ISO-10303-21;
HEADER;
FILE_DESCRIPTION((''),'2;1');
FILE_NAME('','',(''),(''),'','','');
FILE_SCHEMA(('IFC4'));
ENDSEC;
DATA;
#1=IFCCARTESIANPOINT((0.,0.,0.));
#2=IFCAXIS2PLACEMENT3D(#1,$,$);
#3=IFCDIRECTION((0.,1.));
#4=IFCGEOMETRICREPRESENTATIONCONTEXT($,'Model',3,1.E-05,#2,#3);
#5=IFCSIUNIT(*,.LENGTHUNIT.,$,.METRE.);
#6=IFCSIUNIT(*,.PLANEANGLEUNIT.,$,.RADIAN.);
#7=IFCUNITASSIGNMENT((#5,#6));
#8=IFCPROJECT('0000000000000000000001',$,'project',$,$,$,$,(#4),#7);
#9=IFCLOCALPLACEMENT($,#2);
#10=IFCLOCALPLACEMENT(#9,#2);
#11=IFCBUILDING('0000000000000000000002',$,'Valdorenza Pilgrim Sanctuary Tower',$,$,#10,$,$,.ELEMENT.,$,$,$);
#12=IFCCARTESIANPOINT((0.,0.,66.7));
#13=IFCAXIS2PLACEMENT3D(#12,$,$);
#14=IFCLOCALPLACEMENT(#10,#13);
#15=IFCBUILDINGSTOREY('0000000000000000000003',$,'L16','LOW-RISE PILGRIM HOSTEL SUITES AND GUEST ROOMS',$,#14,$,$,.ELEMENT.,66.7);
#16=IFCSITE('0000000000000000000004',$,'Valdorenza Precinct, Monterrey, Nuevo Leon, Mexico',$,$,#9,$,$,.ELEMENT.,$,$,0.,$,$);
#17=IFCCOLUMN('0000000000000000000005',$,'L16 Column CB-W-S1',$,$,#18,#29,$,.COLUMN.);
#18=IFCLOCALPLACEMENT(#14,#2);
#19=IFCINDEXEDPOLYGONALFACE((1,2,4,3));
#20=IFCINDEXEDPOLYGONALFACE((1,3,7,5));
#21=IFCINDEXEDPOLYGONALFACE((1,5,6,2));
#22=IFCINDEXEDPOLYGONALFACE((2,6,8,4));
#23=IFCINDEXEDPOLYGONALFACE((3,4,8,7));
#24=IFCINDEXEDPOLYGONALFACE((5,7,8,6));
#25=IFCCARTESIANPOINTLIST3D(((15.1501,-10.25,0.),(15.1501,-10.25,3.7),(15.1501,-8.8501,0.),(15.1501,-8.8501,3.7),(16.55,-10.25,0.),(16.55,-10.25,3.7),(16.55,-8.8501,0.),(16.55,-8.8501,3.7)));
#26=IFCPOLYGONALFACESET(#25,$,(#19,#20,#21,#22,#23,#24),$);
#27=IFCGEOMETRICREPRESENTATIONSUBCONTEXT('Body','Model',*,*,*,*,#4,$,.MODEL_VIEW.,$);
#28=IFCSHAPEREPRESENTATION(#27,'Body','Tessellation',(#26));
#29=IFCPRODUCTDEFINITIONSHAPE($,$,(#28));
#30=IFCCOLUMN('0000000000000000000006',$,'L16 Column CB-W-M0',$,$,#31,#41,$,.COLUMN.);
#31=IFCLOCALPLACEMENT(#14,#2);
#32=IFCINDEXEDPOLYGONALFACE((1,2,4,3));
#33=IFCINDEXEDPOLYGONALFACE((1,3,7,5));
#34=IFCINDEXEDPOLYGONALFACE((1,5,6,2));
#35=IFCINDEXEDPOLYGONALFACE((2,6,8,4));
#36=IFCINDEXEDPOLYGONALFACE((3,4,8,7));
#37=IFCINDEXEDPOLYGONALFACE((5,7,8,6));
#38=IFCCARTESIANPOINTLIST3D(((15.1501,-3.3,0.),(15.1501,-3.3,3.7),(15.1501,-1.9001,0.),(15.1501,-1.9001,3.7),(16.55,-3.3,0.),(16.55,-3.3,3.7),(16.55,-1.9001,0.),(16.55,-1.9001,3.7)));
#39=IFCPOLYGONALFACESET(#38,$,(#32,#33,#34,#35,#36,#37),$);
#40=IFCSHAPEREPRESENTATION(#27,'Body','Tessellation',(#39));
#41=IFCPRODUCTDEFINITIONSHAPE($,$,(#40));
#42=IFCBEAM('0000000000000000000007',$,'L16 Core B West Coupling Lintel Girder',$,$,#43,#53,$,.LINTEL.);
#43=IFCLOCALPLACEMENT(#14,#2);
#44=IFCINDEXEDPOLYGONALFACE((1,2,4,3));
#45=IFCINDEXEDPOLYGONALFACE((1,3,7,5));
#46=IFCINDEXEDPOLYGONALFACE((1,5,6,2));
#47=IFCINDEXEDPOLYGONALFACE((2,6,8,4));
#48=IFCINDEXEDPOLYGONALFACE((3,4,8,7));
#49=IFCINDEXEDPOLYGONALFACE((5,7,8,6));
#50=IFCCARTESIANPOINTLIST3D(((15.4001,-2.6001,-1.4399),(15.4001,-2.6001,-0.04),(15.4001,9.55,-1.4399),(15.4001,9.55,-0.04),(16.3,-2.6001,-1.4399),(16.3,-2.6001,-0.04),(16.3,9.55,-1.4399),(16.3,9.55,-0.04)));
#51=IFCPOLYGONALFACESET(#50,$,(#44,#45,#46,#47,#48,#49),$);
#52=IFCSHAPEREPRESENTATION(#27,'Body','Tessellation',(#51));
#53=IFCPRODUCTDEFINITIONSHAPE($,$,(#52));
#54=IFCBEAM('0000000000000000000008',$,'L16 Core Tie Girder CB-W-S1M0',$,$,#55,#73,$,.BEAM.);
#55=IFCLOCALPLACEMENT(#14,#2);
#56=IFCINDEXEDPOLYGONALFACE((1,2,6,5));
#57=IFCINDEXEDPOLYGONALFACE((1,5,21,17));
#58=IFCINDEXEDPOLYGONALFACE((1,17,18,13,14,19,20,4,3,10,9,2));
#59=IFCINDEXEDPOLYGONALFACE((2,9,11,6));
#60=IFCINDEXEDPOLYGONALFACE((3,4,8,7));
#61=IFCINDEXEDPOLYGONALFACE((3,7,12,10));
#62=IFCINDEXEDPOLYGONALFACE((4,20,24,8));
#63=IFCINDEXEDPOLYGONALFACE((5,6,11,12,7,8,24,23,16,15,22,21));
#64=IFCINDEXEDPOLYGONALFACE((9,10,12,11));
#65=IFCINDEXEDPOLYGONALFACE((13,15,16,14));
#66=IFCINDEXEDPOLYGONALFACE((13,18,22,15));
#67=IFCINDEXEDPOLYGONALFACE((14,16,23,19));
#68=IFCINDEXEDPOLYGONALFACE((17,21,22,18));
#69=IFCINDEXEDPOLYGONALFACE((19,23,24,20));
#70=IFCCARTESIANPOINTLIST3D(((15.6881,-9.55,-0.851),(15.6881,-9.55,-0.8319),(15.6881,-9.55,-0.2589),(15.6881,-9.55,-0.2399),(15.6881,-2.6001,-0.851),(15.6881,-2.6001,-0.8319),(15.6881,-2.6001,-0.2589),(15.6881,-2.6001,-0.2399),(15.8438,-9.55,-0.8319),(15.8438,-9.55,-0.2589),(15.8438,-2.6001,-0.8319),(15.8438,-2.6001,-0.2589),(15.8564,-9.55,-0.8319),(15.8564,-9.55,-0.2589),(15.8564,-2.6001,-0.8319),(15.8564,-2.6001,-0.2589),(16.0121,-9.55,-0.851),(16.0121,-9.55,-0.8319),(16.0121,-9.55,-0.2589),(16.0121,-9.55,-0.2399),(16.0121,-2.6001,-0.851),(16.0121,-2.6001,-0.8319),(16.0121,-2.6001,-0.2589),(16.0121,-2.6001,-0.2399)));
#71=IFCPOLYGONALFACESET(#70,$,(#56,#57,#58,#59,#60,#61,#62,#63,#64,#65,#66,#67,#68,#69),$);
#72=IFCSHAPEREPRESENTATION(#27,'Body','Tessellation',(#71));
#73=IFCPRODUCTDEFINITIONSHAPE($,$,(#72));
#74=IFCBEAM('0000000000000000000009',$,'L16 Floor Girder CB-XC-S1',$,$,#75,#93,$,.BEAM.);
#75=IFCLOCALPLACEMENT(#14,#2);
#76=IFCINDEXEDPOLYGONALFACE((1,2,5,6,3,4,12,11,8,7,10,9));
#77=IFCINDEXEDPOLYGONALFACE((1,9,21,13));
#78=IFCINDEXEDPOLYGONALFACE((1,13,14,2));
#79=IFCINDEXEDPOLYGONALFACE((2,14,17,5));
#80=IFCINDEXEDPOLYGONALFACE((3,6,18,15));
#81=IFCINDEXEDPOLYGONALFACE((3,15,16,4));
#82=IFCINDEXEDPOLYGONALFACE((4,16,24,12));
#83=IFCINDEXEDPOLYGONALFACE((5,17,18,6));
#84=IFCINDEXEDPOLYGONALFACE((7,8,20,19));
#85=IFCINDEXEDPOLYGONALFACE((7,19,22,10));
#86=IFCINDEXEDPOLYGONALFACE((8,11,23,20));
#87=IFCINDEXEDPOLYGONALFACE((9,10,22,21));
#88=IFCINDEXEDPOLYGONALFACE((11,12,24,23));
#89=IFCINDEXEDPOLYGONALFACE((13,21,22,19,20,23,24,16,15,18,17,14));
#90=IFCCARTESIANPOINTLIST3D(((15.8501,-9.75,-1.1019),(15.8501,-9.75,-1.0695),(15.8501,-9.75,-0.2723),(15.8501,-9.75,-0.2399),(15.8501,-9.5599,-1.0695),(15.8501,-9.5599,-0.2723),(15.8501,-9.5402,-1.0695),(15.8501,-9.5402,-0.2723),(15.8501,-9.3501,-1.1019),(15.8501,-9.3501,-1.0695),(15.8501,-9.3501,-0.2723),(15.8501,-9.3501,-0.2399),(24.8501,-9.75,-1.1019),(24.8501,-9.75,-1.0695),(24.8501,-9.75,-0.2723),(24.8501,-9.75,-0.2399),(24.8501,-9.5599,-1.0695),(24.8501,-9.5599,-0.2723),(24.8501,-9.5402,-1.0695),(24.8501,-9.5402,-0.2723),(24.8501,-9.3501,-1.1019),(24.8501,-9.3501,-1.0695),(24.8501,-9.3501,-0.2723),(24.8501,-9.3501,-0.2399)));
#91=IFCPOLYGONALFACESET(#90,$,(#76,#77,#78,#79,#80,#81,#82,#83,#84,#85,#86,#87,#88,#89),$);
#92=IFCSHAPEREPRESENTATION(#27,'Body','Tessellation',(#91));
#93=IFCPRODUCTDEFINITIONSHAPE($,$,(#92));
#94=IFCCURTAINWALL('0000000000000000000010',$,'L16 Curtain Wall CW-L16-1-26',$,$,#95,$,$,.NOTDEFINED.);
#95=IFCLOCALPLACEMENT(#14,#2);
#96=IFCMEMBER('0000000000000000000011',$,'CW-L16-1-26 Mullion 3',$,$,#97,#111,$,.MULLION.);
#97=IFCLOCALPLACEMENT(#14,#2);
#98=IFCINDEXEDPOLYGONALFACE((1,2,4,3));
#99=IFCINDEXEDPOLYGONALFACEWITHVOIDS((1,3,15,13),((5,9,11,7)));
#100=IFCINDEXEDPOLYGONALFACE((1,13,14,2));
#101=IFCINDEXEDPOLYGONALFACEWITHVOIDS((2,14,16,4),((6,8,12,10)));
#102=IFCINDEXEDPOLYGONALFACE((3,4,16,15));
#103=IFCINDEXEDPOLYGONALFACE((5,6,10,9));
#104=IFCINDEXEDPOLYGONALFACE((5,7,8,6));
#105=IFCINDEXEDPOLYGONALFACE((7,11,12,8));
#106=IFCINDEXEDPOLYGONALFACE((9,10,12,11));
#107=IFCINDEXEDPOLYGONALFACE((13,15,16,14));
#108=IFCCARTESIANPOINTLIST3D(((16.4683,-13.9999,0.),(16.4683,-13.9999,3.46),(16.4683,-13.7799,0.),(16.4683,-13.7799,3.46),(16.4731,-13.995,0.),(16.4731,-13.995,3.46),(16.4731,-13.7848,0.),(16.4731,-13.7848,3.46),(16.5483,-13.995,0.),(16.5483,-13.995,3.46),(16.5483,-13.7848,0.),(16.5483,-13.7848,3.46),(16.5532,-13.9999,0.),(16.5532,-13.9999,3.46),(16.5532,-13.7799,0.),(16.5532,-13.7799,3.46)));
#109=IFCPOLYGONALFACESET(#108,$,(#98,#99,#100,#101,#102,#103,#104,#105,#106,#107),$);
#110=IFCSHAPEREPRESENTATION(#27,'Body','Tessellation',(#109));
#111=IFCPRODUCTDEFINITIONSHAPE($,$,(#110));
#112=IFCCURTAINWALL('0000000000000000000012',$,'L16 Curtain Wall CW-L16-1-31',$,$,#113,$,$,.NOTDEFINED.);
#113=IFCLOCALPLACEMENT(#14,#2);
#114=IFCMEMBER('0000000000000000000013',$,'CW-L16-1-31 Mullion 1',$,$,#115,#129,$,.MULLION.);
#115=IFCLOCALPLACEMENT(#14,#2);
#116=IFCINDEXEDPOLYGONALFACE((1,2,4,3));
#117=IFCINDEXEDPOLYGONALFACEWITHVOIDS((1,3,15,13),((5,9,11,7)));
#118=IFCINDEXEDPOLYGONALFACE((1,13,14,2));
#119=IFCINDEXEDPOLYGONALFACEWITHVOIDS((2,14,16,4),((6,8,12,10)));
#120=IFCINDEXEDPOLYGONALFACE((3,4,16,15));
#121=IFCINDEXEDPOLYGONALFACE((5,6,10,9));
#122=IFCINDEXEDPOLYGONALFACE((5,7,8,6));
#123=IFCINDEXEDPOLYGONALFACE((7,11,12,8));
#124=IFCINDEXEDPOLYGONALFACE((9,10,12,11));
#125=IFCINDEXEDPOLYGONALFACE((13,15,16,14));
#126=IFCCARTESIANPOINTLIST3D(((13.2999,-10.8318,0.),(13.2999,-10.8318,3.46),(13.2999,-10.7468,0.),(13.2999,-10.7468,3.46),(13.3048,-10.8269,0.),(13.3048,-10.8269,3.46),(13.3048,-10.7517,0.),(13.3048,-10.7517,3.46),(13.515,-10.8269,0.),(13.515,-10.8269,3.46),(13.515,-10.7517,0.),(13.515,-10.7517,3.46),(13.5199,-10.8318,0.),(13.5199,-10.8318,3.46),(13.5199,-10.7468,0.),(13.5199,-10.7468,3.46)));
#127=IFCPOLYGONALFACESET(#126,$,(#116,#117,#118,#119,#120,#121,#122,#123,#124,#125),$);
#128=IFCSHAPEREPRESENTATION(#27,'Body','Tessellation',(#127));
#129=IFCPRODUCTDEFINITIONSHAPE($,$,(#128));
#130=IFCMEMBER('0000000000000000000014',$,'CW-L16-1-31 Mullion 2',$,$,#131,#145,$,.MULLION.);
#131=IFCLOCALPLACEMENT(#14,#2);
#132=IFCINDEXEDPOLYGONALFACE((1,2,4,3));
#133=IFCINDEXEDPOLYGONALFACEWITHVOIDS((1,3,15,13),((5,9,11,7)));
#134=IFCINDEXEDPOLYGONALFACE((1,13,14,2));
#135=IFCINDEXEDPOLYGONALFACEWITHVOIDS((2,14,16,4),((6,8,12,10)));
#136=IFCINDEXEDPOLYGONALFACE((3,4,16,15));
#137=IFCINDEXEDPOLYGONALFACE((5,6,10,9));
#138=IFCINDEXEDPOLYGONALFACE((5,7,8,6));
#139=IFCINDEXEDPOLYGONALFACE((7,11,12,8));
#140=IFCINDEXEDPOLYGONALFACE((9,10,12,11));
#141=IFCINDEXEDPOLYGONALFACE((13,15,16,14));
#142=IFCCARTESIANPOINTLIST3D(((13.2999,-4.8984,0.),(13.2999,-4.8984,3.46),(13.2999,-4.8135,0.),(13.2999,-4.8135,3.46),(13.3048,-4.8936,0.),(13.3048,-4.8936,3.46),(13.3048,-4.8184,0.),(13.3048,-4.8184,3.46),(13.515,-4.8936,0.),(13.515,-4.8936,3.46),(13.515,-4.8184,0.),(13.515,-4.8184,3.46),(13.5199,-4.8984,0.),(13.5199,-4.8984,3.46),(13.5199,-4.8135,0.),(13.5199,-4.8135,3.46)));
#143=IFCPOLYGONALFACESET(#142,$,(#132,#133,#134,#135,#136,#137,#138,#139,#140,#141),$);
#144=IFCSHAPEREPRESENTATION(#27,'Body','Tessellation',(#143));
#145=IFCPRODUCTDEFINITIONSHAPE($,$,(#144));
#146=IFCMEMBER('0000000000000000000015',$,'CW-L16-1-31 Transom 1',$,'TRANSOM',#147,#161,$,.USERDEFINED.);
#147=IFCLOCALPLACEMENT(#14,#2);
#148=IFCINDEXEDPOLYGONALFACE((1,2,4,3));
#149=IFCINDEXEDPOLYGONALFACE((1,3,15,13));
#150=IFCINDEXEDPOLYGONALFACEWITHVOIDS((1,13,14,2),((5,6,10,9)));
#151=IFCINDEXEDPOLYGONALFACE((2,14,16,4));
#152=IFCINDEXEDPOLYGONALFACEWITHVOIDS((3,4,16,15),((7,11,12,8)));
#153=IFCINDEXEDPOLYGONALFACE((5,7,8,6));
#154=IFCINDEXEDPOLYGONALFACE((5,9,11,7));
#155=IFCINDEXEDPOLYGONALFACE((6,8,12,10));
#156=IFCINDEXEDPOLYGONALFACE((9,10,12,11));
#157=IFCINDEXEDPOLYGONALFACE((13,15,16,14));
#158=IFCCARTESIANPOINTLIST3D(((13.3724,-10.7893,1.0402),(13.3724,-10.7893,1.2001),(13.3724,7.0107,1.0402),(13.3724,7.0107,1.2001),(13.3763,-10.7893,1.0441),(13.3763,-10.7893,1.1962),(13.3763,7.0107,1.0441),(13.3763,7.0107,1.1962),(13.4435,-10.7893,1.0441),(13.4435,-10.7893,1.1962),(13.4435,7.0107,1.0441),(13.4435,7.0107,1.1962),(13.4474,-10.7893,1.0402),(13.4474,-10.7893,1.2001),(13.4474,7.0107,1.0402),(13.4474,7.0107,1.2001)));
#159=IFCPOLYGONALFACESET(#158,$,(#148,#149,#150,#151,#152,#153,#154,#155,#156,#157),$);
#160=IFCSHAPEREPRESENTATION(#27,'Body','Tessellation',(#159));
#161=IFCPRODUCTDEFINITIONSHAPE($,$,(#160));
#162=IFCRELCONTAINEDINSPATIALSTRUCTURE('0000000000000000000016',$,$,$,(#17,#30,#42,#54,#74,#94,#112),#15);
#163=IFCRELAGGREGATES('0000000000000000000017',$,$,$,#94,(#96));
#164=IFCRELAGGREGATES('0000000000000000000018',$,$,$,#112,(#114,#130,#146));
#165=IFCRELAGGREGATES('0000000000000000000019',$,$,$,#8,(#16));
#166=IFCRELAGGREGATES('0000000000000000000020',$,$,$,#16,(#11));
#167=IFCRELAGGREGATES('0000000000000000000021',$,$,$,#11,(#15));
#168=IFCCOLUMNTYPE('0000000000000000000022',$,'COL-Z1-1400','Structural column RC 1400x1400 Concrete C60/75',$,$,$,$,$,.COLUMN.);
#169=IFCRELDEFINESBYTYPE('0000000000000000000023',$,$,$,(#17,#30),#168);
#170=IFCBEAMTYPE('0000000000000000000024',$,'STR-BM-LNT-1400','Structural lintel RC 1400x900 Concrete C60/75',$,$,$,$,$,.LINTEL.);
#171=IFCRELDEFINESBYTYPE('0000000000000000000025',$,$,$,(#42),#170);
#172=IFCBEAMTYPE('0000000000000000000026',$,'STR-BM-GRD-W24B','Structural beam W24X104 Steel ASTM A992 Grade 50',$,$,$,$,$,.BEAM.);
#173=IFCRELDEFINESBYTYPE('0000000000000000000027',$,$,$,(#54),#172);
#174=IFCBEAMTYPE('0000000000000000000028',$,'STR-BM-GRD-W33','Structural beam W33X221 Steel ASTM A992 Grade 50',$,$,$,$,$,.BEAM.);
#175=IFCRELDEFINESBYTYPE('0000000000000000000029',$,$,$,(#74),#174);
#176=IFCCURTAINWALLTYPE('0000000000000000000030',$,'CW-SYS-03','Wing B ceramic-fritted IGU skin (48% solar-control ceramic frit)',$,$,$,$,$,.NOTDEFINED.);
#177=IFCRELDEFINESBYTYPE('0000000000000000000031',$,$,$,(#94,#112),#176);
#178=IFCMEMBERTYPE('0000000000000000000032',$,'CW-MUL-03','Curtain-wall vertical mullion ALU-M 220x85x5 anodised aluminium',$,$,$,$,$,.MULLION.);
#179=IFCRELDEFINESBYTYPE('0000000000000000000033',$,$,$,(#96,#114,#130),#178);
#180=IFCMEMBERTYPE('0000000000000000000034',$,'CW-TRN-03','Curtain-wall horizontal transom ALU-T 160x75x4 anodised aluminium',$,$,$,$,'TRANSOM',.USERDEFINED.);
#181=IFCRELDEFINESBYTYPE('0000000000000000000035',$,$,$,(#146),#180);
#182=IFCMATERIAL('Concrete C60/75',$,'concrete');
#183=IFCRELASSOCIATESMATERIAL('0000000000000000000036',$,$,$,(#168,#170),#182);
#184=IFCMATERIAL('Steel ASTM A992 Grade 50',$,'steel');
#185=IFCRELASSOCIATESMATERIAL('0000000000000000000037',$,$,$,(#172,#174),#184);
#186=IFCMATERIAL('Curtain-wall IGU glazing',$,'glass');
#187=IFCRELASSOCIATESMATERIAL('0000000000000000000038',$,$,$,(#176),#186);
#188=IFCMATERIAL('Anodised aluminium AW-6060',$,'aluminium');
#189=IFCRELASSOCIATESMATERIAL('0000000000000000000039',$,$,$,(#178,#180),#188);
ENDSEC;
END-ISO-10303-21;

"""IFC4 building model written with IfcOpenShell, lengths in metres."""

from ifc_helpers import new_model, si_unit, direction, frame, origin, origin_2d, place, context, subcontext, project, spatial, rectangle, hollow_rectangle, i_section, extrude, source, transform, mapped, material, material_profile, profile_set, type_object, element, aggregate, save


model = new_model("IFC4")

# Units and contexts
model_context = context("Model", 3, precision=1e-05, world=origin(), true_north=direction((0.0, 1.0)))
body_context = subcontext(model_context, "Body", "Model", "MODEL_VIEW")
ifc_project = project(units=[si_unit("LENGTHUNIT", "METRE"), si_unit("PLANEANGLEUNIT", "RADIAN")], contexts=[model_context])

# Site, building, storey
site_placement = place(None, origin())
site = spatial("IfcSite", under=ifc_project, at=site_placement, Name="Valdorenza Precinct, Monterrey, Nuevo Leon, Mexico", CompositionType="ELEMENT", RefElevation=0.0)
building_placement = place(site_placement, origin())
building = spatial("IfcBuilding", under=site, at=building_placement, Name="Valdorenza Pilgrim Sanctuary Tower", CompositionType="ELEMENT")
storey_placement = place(building_placement, frame((0.0, 0.0, 66.7)))
storey = spatial("IfcBuildingStorey", under=building, at=storey_placement, Name="L16", Description="LOW-RISE PILGRIM HOSTEL SUITES AND GUEST ROOMS", CompositionType="ELEMENT", Elevation=66.7)

# Columns
ifc_material_1 = material(Name="Concrete C60/75", Category="concrete")
ifc_material_profile_1 = material_profile(ifc_material_1, rectangle(XDim=1.3999, YDim=1.3999, at=origin_2d()), Name="RC 1400x1400")
ifc_profile_set_1 = profile_set([ifc_material_profile_1], Name="Concrete C60/75")
column_type = type_object("IfcColumnType", Name="COL-Z1-1400", Description="Structural column RC 1400x1400 Concrete C60/75", PredefinedType="COLUMN", material=ifc_profile_set_1)
shared_shape_1 = source(origin(), body_context, "Body", "SweptSolid", [
    extrude(rectangle(XDim=1.3999, YDim=1.3999, at=origin_2d()), origin(), (0.0, 0.0, 1.0), 3.7),
])
for number, where, z_axis, x_axis, name in (
    (1, (15.8501, -9.55, 0.0), (0.0, 0.0, 1.0), (1.0, 0.0, 0.0), "L16 Column CB-W-S1"),
    (2, (15.8501, -2.6001, 0.0), (0.0, 0.0, 1.0), (1.0, 0.0, 0.0), "L16 Column CB-W-M0"),
):
    element("IfcColumn", number, at=place(storey_placement, frame(where, z_axis=z_axis, x_axis=x_axis)), inside=storey, type_object=column_type, Name=name, PredefinedType="COLUMN", context=body_context, shape_type="MappedRepresentation", body=[
        mapped(shared_shape_1, transform((0.0, 0.0, 0.0), x_axis=(1.0, 0.0, 0.0), y_axis=(0.0, 1.0, 0.0), z_axis=(0.0, 0.0, 1.0), scale=1.0)),
    ])

# Beams
ifc_material_profile_2 = material_profile(ifc_material_1, rectangle(XDim=0.8999, YDim=1.3999, at=origin_2d()), Name="RC 1400x900")
ifc_profile_set_2 = profile_set([ifc_material_profile_2], Name="Concrete C60/75")
beam_type_1 = type_object("IfcBeamType", Name="STR-BM-LNT-1400", Description="Structural lintel RC 1400x900 Concrete C60/75", PredefinedType="LINTEL", material=ifc_profile_set_2)
shared_shape_2 = source(origin(), body_context, "Body", "SweptSolid", [
    extrude(rectangle(XDim=0.8999, YDim=1.3999, at=origin_2d()), origin(), (0.0, 0.0, 1.0), 12.1501),
])
beam_1_placement = place(storey_placement, frame((15.8501, -2.6001, -0.74), z_axis=(0.0, 1.0, 0.0), x_axis=(-1.0, 0.0, 0.0)))
element("IfcBeam", 3, at=beam_1_placement, inside=storey, type_object=beam_type_1, Name="L16 Core B West Coupling Lintel Girder", PredefinedType="LINTEL", context=body_context, shape_type="MappedRepresentation", body=[
    mapped(shared_shape_2, transform((0.0, 0.0, 0.0), x_axis=(1.0, 0.0, 0.0), y_axis=(0.0, 1.0, 0.0), z_axis=(0.0, 0.0, 1.0), scale=1.0)),
])
ifc_material_2 = material(Name="Steel ASTM A992 Grade 50", Category="steel")
ifc_material_profile_3 = material_profile(ifc_material_2, i_section(OverallWidth=0.324, OverallDepth=0.6111, WebThickness=0.0127, FlangeThickness=0.019, at=origin_2d()), Name="W24X104")
ifc_profile_set_3 = profile_set([ifc_material_profile_3], Name="Steel ASTM A992 Grade 50")
beam_type_2 = type_object("IfcBeamType", Name="STR-BM-GRD-W24B", Description="Structural beam W24X104 Steel ASTM A992 Grade 50", PredefinedType="BEAM", material=ifc_profile_set_3)
shared_shape_3 = source(origin(), body_context, "Body", "SweptSolid", [
    extrude(i_section(OverallWidth=0.324, OverallDepth=0.6111, WebThickness=0.0127, FlangeThickness=0.019, at=origin_2d()), origin(), (0.0, 0.0, 1.0), 6.95),
])
beam_2_placement = place(storey_placement, frame((15.8501, -9.55, -0.5454), z_axis=(0.0, 1.0, 0.0), x_axis=(-1.0, 0.0, 0.0)))
element("IfcBeam", 4, at=beam_2_placement, inside=storey, type_object=beam_type_2, Name="L16 Core Tie Girder CB-W-S1M0", PredefinedType="BEAM", context=body_context, shape_type="MappedRepresentation", body=[
    mapped(shared_shape_3, transform((0.0, 0.0, 0.0), x_axis=(1.0, 0.0, 0.0), y_axis=(0.0, 1.0, 0.0), z_axis=(0.0, 0.0, 1.0), scale=1.0)),
])
ifc_material_profile_4 = material_profile(ifc_material_2, i_section(OverallWidth=0.3999, OverallDepth=0.8621, WebThickness=0.0198, FlangeThickness=0.0325, at=origin_2d()), Name="W33X221")
ifc_profile_set_4 = profile_set([ifc_material_profile_4], Name="Steel ASTM A992 Grade 50")
beam_type_3 = type_object("IfcBeamType", Name="STR-BM-GRD-W33", Description="Structural beam W33X221 Steel ASTM A992 Grade 50", PredefinedType="BEAM", material=ifc_profile_set_4)
shared_shape_4 = source(origin(), body_context, "Body", "SweptSolid", [
    extrude(i_section(OverallWidth=0.3999, OverallDepth=0.8621, WebThickness=0.0198, FlangeThickness=0.0325, at=origin_2d()), origin(), (0.0, 0.0, 1.0), 9.0),
])
beam_3_placement = place(storey_placement, frame((15.8501, -9.55, -0.6709), z_axis=(1.0, 0.0, 0.0), x_axis=(0.0, 1.0, 0.0)))
element("IfcBeam", 5, at=beam_3_placement, inside=storey, type_object=beam_type_3, Name="L16 Floor Girder CB-XC-S1", PredefinedType="BEAM", context=body_context, shape_type="MappedRepresentation", body=[
    mapped(shared_shape_4, transform((0.0, 0.0, 0.0), x_axis=(1.0, 0.0, 0.0), y_axis=(0.0, 1.0, 0.0), z_axis=(0.0, 0.0, 1.0), scale=1.0)),
])

# Curtain wall, member
ifc_material_3 = material(Name="Curtain-wall IGU glazing", Category="glass")
curtain_wall_type = type_object("IfcCurtainWallType", Name="CW-SYS-03", Description="Wing B ceramic-fritted IGU skin (48% solar-control ceramic frit)", PredefinedType="NOTDEFINED", material=ifc_material_3)
curtain_wall_1_placement = place(storey_placement, origin())
curtain_wall_1 = element("IfcCurtainWall", 6, at=curtain_wall_1_placement, inside=storey, type_object=curtain_wall_type, Name="L16 Curtain Wall CW-L16-1-26", PredefinedType="NOTDEFINED")
ifc_material_4 = material(Name="Anodised aluminium AW-6060", Category="aluminium")
ifc_material_profile_5 = material_profile(ifc_material_4, hollow_rectangle(XDim=0.085, YDim=0.22, WallThickness=0.0049, at=origin_2d()), Name="ALU-M 220x85x5")
ifc_profile_set_5 = profile_set([ifc_material_profile_5], Name="Anodised aluminium AW-6060")
member_type_1 = type_object("IfcMemberType", Name="CW-MUL-03", Description="Curtain-wall vertical mullion ALU-M 220x85x5 anodised aluminium", PredefinedType="MULLION", material=ifc_profile_set_5)
shared_shape_5 = source(origin(), body_context, "Body", "SweptSolid", [
    extrude(hollow_rectangle(XDim=0.085, YDim=0.22, WallThickness=0.0049, at=origin_2d()), origin(), (0.0, 0.0, 1.0), 3.46),
])
member_1_placement = place(storey_placement, frame((16.5107, -13.8899, 0.0), z_axis=(0.0, 0.0, 1.0), x_axis=(-1.0, 0.0, 0.0)))
member_1 = element("IfcMember", 7, at=member_1_placement, type_object=member_type_1, Name="CW-L16-1-26 Mullion 3", PredefinedType="MULLION", context=body_context, shape_type="MappedRepresentation", body=[
    mapped(shared_shape_5, transform((0.0, 0.0, 0.0), x_axis=(1.0, 0.0, 0.0), y_axis=(0.0, 1.0, 0.0), z_axis=(0.0, 0.0, 1.0), scale=1.0)),
])
aggregate(curtain_wall_1, [member_1])

# Curtain wall, members
curtain_wall_2_placement = place(storey_placement, origin())
curtain_wall_2 = element("IfcCurtainWall", 8, at=curtain_wall_2_placement, inside=storey, type_object=curtain_wall_type, Name="L16 Curtain Wall CW-L16-1-31", PredefinedType="NOTDEFINED")
member_2_placement = place(storey_placement, frame((13.4099, -10.7893, 0.0), z_axis=(0.0, 0.0, 1.0), x_axis=(0.0, 1.0, 0.0)))
member_2 = element("IfcMember", 9, at=member_2_placement, type_object=member_type_1, Name="CW-L16-1-31 Mullion 1", PredefinedType="MULLION", context=body_context, shape_type="MappedRepresentation", body=[
    mapped(shared_shape_5, transform((0.0, 0.0, 0.0), x_axis=(1.0, 0.0, 0.0), y_axis=(0.0, 1.0, 0.0), z_axis=(0.0, 0.0, 1.0), scale=1.0)),
])
member_3_placement = place(storey_placement, frame((13.4099, -4.856, 0.0), z_axis=(0.0, 0.0, 1.0), x_axis=(0.0, 1.0, 0.0)))
member_3 = element("IfcMember", 10, at=member_3_placement, type_object=member_type_1, Name="CW-L16-1-31 Mullion 2", PredefinedType="MULLION", context=body_context, shape_type="MappedRepresentation", body=[
    mapped(shared_shape_5, transform((0.0, 0.0, 0.0), x_axis=(1.0, 0.0, 0.0), y_axis=(0.0, 1.0, 0.0), z_axis=(0.0, 0.0, 1.0), scale=1.0)),
])
ifc_material_profile_6 = material_profile(ifc_material_4, hollow_rectangle(XDim=0.075, YDim=0.1599, WallThickness=0.0039, at=origin_2d()), Name="ALU-T 160x75x4")
ifc_profile_set_6 = profile_set([ifc_material_profile_6], Name="Anodised aluminium AW-6060")
member_type_2 = type_object("IfcMemberType", Name="CW-TRN-03", Description="Curtain-wall horizontal transom ALU-T 160x75x4 anodised aluminium", ElementType="TRANSOM", PredefinedType="USERDEFINED", material=ifc_profile_set_6)
shared_shape_6 = source(origin(), body_context, "Body", "SweptSolid", [
    extrude(hollow_rectangle(XDim=0.075, YDim=0.1599, WallThickness=0.0039, at=origin_2d()), origin(), (0.0, 0.0, 1.0), 17.8),
])
member_4_placement = place(storey_placement, frame((13.4099, -10.7893, 1.1201), z_axis=(0.0, 1.0, 0.0), x_axis=(-1.0, 0.0, 0.0)))
member_4 = element("IfcMember", 11, at=member_4_placement, type_object=member_type_2, Name="CW-L16-1-31 Transom 1", ObjectType="TRANSOM", PredefinedType="USERDEFINED", context=body_context, shape_type="MappedRepresentation", body=[
    mapped(shared_shape_6, transform((0.0, 0.0, 0.0), x_axis=(1.0, 0.0, 0.0), y_axis=(0.0, 1.0, 0.0), z_axis=(0.0, 0.0, 1.0), scale=1.0)),
])
aggregate(curtain_wall_2, [member_2, member_3, member_4])

save(model, "model.ifc")
